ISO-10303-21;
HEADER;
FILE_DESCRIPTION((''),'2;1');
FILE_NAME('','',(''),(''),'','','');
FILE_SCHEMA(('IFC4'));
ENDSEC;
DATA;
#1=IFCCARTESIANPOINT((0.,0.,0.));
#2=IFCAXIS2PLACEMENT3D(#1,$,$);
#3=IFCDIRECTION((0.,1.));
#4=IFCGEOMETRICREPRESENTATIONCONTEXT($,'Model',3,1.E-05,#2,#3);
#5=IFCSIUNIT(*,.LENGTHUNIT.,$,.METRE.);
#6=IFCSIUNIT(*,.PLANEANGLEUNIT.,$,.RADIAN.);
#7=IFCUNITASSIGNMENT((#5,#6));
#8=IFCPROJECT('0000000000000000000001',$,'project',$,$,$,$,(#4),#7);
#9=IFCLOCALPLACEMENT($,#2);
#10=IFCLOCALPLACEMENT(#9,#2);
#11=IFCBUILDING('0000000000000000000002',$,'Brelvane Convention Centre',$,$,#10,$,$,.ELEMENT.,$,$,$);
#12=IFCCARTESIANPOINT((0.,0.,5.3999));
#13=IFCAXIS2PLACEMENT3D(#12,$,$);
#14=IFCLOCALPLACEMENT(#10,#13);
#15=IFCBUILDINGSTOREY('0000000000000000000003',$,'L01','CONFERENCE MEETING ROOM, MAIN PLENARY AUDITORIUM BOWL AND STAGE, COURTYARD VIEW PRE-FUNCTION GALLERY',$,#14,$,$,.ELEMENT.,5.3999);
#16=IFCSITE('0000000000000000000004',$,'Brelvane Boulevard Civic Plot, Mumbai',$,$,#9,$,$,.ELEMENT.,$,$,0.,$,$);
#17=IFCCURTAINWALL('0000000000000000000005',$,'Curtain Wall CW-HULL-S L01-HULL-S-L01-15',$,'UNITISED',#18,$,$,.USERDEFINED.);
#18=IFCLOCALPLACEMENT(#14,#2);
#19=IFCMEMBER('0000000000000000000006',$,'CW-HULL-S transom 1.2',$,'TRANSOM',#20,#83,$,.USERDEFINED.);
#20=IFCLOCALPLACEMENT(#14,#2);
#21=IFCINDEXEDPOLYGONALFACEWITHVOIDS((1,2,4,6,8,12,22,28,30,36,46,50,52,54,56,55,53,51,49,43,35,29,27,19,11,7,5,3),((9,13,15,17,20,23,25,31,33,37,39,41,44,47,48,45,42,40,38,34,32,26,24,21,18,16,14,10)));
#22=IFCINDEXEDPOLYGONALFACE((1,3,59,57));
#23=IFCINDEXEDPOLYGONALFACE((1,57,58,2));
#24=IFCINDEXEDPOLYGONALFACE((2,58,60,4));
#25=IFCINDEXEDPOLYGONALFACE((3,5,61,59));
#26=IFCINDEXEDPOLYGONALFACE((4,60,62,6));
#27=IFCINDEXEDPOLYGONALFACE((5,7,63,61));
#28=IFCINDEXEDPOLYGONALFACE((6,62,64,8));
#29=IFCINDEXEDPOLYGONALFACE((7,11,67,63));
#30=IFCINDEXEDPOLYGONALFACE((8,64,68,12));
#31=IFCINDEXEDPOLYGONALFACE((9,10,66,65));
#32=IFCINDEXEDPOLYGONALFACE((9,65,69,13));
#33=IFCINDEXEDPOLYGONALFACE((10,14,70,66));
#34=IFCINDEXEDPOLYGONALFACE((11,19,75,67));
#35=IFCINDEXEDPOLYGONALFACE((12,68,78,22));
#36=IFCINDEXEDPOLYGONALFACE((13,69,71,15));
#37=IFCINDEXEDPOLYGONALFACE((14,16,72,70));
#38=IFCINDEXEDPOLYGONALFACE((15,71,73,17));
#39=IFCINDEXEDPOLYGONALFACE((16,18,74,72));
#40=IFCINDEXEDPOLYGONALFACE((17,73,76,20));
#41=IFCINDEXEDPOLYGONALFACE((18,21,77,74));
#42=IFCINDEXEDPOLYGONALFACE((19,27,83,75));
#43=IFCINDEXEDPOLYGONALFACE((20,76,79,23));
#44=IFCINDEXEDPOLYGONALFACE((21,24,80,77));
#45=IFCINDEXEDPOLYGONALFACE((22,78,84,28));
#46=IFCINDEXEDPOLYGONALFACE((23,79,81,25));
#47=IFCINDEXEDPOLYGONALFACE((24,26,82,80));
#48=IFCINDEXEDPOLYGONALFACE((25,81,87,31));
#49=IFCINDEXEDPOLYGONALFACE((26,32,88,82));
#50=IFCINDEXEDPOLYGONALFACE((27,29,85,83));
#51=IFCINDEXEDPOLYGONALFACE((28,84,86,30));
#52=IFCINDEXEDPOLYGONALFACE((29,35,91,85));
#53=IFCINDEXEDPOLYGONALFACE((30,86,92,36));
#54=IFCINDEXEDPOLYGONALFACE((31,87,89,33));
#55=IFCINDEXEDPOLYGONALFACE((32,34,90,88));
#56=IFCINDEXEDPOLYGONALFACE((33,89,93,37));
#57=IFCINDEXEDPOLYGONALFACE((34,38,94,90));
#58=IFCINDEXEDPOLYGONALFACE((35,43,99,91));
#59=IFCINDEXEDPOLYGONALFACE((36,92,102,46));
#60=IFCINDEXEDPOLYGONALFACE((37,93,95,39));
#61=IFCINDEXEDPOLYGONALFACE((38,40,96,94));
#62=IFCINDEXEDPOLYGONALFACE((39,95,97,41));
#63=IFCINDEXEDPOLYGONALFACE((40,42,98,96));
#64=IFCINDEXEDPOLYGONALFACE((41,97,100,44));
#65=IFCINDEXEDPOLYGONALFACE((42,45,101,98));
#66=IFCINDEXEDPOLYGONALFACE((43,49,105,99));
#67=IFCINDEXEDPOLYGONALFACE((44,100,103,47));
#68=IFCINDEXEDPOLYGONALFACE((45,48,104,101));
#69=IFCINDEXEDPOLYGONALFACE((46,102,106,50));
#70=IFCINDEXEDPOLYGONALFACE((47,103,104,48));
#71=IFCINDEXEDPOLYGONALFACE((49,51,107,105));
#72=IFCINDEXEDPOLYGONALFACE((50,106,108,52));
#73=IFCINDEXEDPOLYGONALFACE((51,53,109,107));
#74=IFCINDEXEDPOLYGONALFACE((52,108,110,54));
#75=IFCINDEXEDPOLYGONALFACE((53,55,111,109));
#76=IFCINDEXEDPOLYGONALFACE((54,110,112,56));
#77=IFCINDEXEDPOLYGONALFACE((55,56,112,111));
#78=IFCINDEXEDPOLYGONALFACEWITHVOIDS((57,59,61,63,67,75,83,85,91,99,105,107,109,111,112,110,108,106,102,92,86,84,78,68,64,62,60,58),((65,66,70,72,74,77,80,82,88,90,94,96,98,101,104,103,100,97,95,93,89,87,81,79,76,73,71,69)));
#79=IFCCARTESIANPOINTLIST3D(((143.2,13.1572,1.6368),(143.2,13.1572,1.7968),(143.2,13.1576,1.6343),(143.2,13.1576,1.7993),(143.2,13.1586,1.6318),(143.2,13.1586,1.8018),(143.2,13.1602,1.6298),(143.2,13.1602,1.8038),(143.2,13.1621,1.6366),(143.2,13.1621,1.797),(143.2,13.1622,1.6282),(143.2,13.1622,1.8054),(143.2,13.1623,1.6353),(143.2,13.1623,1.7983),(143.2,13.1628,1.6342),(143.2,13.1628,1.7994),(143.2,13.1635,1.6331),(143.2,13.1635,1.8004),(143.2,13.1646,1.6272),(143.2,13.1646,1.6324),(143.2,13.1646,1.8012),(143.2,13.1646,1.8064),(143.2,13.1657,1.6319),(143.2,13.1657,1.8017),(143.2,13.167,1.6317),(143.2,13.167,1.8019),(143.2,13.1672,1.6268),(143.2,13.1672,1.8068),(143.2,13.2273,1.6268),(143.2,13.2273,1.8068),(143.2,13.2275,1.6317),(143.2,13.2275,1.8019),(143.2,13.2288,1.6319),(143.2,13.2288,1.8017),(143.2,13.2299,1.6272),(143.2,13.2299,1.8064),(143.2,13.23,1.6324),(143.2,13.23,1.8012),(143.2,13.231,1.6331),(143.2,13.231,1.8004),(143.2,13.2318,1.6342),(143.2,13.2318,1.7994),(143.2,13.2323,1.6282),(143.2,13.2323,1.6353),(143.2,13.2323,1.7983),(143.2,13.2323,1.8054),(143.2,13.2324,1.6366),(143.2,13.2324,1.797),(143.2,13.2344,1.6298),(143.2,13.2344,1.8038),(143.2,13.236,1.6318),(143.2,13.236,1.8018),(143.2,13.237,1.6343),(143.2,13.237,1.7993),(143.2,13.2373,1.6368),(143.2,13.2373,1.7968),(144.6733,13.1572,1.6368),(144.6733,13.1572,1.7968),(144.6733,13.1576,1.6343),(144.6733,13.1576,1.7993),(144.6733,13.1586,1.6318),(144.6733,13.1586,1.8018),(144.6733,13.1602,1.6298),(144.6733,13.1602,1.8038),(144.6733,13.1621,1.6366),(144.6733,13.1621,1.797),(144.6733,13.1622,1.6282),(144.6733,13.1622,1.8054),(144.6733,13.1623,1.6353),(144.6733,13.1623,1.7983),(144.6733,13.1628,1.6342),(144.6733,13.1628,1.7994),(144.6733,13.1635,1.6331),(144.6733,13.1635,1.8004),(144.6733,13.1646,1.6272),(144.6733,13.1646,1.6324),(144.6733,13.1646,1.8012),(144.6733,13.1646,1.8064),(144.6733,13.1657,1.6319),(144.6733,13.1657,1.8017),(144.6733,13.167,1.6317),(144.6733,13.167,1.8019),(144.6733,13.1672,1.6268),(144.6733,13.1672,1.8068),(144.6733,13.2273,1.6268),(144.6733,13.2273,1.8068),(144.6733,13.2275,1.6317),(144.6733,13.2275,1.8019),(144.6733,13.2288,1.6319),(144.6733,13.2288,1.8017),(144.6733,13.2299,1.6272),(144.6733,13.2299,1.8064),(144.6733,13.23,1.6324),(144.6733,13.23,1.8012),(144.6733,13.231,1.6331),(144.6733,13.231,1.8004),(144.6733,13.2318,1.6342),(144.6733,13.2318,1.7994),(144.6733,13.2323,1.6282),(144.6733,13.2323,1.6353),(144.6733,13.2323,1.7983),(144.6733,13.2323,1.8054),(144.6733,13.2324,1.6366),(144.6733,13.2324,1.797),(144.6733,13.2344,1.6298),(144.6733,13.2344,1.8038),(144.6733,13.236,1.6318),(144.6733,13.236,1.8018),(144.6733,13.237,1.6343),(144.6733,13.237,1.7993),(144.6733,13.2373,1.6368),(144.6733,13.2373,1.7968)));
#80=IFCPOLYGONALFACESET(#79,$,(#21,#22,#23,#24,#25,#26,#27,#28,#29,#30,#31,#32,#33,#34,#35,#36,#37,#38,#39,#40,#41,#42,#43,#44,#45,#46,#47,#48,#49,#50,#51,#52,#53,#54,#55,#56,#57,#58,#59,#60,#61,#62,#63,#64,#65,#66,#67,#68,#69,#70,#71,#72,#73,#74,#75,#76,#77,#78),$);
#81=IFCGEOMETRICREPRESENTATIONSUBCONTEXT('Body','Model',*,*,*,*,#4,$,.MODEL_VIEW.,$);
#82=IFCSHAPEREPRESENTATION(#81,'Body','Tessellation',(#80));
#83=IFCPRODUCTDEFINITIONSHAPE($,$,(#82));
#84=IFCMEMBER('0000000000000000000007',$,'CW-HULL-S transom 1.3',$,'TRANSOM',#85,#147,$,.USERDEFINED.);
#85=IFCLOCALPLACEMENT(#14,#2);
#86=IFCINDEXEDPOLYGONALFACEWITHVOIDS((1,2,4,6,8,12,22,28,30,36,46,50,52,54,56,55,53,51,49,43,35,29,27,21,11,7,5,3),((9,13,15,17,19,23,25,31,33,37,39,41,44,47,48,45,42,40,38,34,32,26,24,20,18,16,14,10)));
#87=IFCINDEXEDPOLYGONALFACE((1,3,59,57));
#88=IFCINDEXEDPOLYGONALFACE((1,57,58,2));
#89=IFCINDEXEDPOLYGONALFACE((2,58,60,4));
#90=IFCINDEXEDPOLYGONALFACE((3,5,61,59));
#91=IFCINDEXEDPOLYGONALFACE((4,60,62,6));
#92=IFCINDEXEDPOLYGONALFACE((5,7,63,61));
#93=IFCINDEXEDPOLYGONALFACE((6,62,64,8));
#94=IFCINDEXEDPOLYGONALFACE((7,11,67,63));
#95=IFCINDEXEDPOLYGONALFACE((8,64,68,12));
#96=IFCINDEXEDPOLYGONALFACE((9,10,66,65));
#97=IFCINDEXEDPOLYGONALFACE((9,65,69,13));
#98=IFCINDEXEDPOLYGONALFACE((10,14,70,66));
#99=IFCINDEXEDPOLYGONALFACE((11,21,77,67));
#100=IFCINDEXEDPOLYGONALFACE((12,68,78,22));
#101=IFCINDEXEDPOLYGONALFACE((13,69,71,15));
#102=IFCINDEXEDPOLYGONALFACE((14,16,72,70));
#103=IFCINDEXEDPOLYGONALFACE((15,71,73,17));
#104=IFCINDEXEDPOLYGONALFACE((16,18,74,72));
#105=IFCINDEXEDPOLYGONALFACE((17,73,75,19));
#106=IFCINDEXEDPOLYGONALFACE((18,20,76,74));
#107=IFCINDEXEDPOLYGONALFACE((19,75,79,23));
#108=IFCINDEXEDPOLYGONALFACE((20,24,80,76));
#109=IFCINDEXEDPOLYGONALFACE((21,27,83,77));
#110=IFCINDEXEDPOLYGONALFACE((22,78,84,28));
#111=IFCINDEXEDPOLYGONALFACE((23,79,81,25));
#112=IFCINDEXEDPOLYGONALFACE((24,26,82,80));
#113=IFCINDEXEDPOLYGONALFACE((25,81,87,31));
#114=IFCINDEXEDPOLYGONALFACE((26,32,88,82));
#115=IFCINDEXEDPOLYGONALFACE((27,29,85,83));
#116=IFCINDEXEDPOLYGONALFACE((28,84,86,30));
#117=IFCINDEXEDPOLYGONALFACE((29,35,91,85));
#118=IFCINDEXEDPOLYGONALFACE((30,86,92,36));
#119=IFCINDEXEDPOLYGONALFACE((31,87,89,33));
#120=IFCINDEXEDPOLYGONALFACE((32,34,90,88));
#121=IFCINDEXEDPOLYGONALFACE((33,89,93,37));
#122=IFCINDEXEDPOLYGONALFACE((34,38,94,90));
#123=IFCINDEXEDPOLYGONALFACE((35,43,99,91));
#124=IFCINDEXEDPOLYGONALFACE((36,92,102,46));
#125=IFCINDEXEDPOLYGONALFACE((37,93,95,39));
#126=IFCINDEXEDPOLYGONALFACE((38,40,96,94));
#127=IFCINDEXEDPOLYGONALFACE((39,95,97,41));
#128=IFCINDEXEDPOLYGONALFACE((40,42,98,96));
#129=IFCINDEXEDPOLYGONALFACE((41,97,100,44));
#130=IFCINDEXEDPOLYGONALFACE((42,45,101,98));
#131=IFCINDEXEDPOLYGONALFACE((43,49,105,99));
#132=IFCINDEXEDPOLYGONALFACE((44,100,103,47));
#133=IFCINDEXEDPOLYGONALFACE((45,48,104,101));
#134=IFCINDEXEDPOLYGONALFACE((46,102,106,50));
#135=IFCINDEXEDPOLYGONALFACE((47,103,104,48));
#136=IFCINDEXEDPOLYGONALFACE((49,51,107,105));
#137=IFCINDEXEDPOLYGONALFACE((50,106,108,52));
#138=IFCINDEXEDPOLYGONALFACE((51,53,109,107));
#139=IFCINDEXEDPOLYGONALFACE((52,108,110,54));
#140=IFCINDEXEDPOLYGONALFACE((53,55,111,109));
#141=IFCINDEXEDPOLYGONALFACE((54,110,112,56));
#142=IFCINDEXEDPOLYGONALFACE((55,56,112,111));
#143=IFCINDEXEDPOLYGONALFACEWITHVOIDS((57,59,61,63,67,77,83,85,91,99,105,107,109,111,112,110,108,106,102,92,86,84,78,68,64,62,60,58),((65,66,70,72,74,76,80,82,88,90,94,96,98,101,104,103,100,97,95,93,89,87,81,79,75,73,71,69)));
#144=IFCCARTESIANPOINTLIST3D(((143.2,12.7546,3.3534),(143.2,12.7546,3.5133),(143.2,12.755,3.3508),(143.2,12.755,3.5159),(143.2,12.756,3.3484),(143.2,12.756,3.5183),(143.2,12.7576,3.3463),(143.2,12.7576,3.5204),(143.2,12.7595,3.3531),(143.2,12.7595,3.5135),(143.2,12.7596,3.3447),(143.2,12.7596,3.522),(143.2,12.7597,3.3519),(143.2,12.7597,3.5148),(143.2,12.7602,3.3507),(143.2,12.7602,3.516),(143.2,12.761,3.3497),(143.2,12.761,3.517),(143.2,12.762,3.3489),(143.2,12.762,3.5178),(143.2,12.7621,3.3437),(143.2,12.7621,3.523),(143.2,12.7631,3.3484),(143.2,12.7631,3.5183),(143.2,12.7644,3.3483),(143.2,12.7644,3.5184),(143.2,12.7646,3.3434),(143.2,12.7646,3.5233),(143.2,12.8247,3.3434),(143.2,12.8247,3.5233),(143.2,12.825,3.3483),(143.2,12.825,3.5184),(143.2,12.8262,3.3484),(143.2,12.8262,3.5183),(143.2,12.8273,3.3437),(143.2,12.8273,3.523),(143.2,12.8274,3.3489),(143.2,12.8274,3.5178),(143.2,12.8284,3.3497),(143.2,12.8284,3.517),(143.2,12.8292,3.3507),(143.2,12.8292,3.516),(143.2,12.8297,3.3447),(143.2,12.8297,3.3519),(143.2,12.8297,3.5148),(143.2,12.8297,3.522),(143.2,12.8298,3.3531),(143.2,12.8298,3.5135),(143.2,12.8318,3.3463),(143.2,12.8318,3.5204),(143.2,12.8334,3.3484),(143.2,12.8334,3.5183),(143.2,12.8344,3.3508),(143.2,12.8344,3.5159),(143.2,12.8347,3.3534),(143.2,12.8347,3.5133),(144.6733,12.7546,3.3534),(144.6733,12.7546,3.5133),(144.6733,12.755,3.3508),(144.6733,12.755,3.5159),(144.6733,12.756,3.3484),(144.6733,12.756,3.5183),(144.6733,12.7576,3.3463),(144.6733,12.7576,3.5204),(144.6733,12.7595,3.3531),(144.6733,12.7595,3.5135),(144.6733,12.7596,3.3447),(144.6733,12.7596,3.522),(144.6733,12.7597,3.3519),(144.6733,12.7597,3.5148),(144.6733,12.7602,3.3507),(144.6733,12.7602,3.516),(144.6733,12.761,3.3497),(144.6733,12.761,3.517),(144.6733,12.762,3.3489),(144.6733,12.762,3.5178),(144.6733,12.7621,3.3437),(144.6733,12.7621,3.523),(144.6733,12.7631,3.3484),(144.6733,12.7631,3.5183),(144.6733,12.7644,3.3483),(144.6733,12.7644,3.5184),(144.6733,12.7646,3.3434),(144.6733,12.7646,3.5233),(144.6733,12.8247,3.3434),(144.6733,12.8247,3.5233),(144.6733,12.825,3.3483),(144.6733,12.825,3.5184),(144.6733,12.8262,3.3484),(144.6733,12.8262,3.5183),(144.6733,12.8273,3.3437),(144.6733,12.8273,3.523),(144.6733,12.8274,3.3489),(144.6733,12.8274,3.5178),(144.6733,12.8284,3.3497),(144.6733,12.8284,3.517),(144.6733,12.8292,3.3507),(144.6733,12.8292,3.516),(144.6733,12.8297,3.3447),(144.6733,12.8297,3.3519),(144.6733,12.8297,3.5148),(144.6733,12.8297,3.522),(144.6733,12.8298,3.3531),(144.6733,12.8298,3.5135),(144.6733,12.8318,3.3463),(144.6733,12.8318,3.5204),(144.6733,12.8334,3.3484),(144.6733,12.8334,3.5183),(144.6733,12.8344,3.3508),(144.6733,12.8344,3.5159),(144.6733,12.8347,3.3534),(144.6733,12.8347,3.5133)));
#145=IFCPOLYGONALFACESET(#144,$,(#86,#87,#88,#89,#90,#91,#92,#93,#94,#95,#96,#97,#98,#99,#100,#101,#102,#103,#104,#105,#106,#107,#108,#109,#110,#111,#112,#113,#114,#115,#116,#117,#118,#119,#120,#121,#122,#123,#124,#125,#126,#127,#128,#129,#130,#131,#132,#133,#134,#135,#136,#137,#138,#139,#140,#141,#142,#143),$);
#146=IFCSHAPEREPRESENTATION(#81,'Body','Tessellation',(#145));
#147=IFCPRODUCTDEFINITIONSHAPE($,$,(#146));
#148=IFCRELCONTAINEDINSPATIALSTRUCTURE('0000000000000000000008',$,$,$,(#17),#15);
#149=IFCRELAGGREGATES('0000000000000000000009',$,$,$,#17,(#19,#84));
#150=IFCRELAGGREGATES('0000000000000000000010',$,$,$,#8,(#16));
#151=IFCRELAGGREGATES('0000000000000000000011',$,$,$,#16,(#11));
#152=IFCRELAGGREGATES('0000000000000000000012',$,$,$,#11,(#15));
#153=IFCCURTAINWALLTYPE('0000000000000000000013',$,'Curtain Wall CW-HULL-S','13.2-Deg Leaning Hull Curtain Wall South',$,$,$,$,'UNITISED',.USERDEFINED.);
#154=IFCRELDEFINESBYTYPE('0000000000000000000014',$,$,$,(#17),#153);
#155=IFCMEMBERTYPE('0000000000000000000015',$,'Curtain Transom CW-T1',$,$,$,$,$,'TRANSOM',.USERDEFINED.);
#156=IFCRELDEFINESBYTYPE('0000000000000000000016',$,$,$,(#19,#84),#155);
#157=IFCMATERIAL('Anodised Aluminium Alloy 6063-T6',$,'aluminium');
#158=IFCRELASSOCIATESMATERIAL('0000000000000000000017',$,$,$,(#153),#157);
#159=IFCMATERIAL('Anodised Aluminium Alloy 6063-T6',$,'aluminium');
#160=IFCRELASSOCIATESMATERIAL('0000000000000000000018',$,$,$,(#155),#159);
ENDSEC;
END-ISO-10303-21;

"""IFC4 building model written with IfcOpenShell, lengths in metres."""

from ifc_helpers import new_model, si_unit, direction, frame, origin, origin_2d, place, context, subcontext, project, spatial, hollow_rectangle, extrude, material, material_profile, profile_set, type_object, element, aggregate, save


model = new_model("IFC4")

# Units and contexts
model_context = context("Model", 3, precision=1e-05, world=origin(), true_north=direction((0.0, 1.0)))
body_context = subcontext(model_context, "Body", "Model", "MODEL_VIEW")
ifc_project = project(units=[si_unit("LENGTHUNIT", "METRE"), si_unit("PLANEANGLEUNIT", "RADIAN")], contexts=[model_context])

# Site, building, storey
site_placement = place(None, origin())
site = spatial("IfcSite", under=ifc_project, at=site_placement, Name="Brelvane Boulevard Civic Plot, Mumbai", CompositionType="ELEMENT", RefElevation=0.0)
building_placement = place(site_placement, origin())
building = spatial("IfcBuilding", under=site, at=building_placement, Name="Brelvane Convention Centre", CompositionType="ELEMENT")
storey_placement = place(building_placement, frame((0.0, 0.0, 5.3999)))
storey = spatial("IfcBuildingStorey", under=building, at=storey_placement, Name="L01", Description="CONFERENCE MEETING ROOM, MAIN PLENARY AUDITORIUM BOWL AND STAGE, COURTYARD VIEW PRE-FUNCTION GALLERY", CompositionType="ELEMENT", Elevation=5.3999)

# Curtain wall, members
ifc_material_1 = material(Name="Anodised Aluminium Alloy 6063-T6", Category="aluminium")
curtain_wall_type = type_object("IfcCurtainWallType", Name="Curtain Wall CW-HULL-S", Description="13.2-Deg Leaning Hull Curtain Wall South", ElementType="UNITISED", PredefinedType="USERDEFINED", material=ifc_material_1)
ifc_material_2 = material(Name="Anodised Aluminium Alloy 6063-T6", Category="aluminium")
ifc_material_profile_1 = material_profile(ifc_material_2, hollow_rectangle(XDim=0.0801, YDim=0.1799, WallThickness=0.0049, InnerFilletRadius=0.0049, OuterFilletRadius=0.01, at=origin_2d()), Name="ALU-T 180x80x5.0")
ifc_profile_set_1 = profile_set([ifc_material_profile_1], Name="Anodised Aluminium Alloy 6063-T6")
member_type_1 = type_object("IfcMemberType", Name="Curtain Transom CW-T1", ElementType="TRANSOM", PredefinedType="USERDEFINED", material=ifc_profile_set_1)
curtain_wall_1_placement = place(storey_placement, origin())
curtain_wall_1 = element("IfcCurtainWall", 1, at=curtain_wall_1_placement, inside=storey, type_object=curtain_wall_type, Name="Curtain Wall CW-HULL-S L01-HULL-S-L01-15", ObjectType="UNITISED", PredefinedType="USERDEFINED")
member_1_placement = place(storey_placement, frame((143.2, 13.1973, 1.7168), z_axis=(1.0, 0.0, 0.0), x_axis=(0.0, 1.0, 0.0)))
member_1 = element("IfcMember", 2, at=member_1_placement, type_object=member_type_1, Name="CW-HULL-S transom 1.2", ObjectType="TRANSOM", PredefinedType="USERDEFINED", context=body_context, shape_type="SweptSolid", body=[
    extrude(hollow_rectangle(XDim=0.0801, YDim=0.1799, WallThickness=0.0049, InnerFilletRadius=0.0049, OuterFilletRadius=0.01, at=origin_2d()), origin(), (0.0, 0.0, 1.0), 1.4734),
])
member_2_placement = place(storey_placement, frame((143.2, 12.7947, 3.4333), z_axis=(1.0, 0.0, 0.0), x_axis=(0.0, 1.0, 0.0)))
member_2 = element("IfcMember", 3, at=member_2_placement, type_object=member_type_1, Name="CW-HULL-S transom 1.3", ObjectType="TRANSOM", PredefinedType="USERDEFINED", context=body_context, shape_type="SweptSolid", body=[
    extrude(hollow_rectangle(XDim=0.0801, YDim=0.1799, WallThickness=0.0049, InnerFilletRadius=0.0049, OuterFilletRadius=0.01, at=origin_2d()), origin(), (0.0, 0.0, 1.0), 1.4734),
])

aggregate(curtain_wall_1, [member_1, member_2])

save(model, "model.ifc")
